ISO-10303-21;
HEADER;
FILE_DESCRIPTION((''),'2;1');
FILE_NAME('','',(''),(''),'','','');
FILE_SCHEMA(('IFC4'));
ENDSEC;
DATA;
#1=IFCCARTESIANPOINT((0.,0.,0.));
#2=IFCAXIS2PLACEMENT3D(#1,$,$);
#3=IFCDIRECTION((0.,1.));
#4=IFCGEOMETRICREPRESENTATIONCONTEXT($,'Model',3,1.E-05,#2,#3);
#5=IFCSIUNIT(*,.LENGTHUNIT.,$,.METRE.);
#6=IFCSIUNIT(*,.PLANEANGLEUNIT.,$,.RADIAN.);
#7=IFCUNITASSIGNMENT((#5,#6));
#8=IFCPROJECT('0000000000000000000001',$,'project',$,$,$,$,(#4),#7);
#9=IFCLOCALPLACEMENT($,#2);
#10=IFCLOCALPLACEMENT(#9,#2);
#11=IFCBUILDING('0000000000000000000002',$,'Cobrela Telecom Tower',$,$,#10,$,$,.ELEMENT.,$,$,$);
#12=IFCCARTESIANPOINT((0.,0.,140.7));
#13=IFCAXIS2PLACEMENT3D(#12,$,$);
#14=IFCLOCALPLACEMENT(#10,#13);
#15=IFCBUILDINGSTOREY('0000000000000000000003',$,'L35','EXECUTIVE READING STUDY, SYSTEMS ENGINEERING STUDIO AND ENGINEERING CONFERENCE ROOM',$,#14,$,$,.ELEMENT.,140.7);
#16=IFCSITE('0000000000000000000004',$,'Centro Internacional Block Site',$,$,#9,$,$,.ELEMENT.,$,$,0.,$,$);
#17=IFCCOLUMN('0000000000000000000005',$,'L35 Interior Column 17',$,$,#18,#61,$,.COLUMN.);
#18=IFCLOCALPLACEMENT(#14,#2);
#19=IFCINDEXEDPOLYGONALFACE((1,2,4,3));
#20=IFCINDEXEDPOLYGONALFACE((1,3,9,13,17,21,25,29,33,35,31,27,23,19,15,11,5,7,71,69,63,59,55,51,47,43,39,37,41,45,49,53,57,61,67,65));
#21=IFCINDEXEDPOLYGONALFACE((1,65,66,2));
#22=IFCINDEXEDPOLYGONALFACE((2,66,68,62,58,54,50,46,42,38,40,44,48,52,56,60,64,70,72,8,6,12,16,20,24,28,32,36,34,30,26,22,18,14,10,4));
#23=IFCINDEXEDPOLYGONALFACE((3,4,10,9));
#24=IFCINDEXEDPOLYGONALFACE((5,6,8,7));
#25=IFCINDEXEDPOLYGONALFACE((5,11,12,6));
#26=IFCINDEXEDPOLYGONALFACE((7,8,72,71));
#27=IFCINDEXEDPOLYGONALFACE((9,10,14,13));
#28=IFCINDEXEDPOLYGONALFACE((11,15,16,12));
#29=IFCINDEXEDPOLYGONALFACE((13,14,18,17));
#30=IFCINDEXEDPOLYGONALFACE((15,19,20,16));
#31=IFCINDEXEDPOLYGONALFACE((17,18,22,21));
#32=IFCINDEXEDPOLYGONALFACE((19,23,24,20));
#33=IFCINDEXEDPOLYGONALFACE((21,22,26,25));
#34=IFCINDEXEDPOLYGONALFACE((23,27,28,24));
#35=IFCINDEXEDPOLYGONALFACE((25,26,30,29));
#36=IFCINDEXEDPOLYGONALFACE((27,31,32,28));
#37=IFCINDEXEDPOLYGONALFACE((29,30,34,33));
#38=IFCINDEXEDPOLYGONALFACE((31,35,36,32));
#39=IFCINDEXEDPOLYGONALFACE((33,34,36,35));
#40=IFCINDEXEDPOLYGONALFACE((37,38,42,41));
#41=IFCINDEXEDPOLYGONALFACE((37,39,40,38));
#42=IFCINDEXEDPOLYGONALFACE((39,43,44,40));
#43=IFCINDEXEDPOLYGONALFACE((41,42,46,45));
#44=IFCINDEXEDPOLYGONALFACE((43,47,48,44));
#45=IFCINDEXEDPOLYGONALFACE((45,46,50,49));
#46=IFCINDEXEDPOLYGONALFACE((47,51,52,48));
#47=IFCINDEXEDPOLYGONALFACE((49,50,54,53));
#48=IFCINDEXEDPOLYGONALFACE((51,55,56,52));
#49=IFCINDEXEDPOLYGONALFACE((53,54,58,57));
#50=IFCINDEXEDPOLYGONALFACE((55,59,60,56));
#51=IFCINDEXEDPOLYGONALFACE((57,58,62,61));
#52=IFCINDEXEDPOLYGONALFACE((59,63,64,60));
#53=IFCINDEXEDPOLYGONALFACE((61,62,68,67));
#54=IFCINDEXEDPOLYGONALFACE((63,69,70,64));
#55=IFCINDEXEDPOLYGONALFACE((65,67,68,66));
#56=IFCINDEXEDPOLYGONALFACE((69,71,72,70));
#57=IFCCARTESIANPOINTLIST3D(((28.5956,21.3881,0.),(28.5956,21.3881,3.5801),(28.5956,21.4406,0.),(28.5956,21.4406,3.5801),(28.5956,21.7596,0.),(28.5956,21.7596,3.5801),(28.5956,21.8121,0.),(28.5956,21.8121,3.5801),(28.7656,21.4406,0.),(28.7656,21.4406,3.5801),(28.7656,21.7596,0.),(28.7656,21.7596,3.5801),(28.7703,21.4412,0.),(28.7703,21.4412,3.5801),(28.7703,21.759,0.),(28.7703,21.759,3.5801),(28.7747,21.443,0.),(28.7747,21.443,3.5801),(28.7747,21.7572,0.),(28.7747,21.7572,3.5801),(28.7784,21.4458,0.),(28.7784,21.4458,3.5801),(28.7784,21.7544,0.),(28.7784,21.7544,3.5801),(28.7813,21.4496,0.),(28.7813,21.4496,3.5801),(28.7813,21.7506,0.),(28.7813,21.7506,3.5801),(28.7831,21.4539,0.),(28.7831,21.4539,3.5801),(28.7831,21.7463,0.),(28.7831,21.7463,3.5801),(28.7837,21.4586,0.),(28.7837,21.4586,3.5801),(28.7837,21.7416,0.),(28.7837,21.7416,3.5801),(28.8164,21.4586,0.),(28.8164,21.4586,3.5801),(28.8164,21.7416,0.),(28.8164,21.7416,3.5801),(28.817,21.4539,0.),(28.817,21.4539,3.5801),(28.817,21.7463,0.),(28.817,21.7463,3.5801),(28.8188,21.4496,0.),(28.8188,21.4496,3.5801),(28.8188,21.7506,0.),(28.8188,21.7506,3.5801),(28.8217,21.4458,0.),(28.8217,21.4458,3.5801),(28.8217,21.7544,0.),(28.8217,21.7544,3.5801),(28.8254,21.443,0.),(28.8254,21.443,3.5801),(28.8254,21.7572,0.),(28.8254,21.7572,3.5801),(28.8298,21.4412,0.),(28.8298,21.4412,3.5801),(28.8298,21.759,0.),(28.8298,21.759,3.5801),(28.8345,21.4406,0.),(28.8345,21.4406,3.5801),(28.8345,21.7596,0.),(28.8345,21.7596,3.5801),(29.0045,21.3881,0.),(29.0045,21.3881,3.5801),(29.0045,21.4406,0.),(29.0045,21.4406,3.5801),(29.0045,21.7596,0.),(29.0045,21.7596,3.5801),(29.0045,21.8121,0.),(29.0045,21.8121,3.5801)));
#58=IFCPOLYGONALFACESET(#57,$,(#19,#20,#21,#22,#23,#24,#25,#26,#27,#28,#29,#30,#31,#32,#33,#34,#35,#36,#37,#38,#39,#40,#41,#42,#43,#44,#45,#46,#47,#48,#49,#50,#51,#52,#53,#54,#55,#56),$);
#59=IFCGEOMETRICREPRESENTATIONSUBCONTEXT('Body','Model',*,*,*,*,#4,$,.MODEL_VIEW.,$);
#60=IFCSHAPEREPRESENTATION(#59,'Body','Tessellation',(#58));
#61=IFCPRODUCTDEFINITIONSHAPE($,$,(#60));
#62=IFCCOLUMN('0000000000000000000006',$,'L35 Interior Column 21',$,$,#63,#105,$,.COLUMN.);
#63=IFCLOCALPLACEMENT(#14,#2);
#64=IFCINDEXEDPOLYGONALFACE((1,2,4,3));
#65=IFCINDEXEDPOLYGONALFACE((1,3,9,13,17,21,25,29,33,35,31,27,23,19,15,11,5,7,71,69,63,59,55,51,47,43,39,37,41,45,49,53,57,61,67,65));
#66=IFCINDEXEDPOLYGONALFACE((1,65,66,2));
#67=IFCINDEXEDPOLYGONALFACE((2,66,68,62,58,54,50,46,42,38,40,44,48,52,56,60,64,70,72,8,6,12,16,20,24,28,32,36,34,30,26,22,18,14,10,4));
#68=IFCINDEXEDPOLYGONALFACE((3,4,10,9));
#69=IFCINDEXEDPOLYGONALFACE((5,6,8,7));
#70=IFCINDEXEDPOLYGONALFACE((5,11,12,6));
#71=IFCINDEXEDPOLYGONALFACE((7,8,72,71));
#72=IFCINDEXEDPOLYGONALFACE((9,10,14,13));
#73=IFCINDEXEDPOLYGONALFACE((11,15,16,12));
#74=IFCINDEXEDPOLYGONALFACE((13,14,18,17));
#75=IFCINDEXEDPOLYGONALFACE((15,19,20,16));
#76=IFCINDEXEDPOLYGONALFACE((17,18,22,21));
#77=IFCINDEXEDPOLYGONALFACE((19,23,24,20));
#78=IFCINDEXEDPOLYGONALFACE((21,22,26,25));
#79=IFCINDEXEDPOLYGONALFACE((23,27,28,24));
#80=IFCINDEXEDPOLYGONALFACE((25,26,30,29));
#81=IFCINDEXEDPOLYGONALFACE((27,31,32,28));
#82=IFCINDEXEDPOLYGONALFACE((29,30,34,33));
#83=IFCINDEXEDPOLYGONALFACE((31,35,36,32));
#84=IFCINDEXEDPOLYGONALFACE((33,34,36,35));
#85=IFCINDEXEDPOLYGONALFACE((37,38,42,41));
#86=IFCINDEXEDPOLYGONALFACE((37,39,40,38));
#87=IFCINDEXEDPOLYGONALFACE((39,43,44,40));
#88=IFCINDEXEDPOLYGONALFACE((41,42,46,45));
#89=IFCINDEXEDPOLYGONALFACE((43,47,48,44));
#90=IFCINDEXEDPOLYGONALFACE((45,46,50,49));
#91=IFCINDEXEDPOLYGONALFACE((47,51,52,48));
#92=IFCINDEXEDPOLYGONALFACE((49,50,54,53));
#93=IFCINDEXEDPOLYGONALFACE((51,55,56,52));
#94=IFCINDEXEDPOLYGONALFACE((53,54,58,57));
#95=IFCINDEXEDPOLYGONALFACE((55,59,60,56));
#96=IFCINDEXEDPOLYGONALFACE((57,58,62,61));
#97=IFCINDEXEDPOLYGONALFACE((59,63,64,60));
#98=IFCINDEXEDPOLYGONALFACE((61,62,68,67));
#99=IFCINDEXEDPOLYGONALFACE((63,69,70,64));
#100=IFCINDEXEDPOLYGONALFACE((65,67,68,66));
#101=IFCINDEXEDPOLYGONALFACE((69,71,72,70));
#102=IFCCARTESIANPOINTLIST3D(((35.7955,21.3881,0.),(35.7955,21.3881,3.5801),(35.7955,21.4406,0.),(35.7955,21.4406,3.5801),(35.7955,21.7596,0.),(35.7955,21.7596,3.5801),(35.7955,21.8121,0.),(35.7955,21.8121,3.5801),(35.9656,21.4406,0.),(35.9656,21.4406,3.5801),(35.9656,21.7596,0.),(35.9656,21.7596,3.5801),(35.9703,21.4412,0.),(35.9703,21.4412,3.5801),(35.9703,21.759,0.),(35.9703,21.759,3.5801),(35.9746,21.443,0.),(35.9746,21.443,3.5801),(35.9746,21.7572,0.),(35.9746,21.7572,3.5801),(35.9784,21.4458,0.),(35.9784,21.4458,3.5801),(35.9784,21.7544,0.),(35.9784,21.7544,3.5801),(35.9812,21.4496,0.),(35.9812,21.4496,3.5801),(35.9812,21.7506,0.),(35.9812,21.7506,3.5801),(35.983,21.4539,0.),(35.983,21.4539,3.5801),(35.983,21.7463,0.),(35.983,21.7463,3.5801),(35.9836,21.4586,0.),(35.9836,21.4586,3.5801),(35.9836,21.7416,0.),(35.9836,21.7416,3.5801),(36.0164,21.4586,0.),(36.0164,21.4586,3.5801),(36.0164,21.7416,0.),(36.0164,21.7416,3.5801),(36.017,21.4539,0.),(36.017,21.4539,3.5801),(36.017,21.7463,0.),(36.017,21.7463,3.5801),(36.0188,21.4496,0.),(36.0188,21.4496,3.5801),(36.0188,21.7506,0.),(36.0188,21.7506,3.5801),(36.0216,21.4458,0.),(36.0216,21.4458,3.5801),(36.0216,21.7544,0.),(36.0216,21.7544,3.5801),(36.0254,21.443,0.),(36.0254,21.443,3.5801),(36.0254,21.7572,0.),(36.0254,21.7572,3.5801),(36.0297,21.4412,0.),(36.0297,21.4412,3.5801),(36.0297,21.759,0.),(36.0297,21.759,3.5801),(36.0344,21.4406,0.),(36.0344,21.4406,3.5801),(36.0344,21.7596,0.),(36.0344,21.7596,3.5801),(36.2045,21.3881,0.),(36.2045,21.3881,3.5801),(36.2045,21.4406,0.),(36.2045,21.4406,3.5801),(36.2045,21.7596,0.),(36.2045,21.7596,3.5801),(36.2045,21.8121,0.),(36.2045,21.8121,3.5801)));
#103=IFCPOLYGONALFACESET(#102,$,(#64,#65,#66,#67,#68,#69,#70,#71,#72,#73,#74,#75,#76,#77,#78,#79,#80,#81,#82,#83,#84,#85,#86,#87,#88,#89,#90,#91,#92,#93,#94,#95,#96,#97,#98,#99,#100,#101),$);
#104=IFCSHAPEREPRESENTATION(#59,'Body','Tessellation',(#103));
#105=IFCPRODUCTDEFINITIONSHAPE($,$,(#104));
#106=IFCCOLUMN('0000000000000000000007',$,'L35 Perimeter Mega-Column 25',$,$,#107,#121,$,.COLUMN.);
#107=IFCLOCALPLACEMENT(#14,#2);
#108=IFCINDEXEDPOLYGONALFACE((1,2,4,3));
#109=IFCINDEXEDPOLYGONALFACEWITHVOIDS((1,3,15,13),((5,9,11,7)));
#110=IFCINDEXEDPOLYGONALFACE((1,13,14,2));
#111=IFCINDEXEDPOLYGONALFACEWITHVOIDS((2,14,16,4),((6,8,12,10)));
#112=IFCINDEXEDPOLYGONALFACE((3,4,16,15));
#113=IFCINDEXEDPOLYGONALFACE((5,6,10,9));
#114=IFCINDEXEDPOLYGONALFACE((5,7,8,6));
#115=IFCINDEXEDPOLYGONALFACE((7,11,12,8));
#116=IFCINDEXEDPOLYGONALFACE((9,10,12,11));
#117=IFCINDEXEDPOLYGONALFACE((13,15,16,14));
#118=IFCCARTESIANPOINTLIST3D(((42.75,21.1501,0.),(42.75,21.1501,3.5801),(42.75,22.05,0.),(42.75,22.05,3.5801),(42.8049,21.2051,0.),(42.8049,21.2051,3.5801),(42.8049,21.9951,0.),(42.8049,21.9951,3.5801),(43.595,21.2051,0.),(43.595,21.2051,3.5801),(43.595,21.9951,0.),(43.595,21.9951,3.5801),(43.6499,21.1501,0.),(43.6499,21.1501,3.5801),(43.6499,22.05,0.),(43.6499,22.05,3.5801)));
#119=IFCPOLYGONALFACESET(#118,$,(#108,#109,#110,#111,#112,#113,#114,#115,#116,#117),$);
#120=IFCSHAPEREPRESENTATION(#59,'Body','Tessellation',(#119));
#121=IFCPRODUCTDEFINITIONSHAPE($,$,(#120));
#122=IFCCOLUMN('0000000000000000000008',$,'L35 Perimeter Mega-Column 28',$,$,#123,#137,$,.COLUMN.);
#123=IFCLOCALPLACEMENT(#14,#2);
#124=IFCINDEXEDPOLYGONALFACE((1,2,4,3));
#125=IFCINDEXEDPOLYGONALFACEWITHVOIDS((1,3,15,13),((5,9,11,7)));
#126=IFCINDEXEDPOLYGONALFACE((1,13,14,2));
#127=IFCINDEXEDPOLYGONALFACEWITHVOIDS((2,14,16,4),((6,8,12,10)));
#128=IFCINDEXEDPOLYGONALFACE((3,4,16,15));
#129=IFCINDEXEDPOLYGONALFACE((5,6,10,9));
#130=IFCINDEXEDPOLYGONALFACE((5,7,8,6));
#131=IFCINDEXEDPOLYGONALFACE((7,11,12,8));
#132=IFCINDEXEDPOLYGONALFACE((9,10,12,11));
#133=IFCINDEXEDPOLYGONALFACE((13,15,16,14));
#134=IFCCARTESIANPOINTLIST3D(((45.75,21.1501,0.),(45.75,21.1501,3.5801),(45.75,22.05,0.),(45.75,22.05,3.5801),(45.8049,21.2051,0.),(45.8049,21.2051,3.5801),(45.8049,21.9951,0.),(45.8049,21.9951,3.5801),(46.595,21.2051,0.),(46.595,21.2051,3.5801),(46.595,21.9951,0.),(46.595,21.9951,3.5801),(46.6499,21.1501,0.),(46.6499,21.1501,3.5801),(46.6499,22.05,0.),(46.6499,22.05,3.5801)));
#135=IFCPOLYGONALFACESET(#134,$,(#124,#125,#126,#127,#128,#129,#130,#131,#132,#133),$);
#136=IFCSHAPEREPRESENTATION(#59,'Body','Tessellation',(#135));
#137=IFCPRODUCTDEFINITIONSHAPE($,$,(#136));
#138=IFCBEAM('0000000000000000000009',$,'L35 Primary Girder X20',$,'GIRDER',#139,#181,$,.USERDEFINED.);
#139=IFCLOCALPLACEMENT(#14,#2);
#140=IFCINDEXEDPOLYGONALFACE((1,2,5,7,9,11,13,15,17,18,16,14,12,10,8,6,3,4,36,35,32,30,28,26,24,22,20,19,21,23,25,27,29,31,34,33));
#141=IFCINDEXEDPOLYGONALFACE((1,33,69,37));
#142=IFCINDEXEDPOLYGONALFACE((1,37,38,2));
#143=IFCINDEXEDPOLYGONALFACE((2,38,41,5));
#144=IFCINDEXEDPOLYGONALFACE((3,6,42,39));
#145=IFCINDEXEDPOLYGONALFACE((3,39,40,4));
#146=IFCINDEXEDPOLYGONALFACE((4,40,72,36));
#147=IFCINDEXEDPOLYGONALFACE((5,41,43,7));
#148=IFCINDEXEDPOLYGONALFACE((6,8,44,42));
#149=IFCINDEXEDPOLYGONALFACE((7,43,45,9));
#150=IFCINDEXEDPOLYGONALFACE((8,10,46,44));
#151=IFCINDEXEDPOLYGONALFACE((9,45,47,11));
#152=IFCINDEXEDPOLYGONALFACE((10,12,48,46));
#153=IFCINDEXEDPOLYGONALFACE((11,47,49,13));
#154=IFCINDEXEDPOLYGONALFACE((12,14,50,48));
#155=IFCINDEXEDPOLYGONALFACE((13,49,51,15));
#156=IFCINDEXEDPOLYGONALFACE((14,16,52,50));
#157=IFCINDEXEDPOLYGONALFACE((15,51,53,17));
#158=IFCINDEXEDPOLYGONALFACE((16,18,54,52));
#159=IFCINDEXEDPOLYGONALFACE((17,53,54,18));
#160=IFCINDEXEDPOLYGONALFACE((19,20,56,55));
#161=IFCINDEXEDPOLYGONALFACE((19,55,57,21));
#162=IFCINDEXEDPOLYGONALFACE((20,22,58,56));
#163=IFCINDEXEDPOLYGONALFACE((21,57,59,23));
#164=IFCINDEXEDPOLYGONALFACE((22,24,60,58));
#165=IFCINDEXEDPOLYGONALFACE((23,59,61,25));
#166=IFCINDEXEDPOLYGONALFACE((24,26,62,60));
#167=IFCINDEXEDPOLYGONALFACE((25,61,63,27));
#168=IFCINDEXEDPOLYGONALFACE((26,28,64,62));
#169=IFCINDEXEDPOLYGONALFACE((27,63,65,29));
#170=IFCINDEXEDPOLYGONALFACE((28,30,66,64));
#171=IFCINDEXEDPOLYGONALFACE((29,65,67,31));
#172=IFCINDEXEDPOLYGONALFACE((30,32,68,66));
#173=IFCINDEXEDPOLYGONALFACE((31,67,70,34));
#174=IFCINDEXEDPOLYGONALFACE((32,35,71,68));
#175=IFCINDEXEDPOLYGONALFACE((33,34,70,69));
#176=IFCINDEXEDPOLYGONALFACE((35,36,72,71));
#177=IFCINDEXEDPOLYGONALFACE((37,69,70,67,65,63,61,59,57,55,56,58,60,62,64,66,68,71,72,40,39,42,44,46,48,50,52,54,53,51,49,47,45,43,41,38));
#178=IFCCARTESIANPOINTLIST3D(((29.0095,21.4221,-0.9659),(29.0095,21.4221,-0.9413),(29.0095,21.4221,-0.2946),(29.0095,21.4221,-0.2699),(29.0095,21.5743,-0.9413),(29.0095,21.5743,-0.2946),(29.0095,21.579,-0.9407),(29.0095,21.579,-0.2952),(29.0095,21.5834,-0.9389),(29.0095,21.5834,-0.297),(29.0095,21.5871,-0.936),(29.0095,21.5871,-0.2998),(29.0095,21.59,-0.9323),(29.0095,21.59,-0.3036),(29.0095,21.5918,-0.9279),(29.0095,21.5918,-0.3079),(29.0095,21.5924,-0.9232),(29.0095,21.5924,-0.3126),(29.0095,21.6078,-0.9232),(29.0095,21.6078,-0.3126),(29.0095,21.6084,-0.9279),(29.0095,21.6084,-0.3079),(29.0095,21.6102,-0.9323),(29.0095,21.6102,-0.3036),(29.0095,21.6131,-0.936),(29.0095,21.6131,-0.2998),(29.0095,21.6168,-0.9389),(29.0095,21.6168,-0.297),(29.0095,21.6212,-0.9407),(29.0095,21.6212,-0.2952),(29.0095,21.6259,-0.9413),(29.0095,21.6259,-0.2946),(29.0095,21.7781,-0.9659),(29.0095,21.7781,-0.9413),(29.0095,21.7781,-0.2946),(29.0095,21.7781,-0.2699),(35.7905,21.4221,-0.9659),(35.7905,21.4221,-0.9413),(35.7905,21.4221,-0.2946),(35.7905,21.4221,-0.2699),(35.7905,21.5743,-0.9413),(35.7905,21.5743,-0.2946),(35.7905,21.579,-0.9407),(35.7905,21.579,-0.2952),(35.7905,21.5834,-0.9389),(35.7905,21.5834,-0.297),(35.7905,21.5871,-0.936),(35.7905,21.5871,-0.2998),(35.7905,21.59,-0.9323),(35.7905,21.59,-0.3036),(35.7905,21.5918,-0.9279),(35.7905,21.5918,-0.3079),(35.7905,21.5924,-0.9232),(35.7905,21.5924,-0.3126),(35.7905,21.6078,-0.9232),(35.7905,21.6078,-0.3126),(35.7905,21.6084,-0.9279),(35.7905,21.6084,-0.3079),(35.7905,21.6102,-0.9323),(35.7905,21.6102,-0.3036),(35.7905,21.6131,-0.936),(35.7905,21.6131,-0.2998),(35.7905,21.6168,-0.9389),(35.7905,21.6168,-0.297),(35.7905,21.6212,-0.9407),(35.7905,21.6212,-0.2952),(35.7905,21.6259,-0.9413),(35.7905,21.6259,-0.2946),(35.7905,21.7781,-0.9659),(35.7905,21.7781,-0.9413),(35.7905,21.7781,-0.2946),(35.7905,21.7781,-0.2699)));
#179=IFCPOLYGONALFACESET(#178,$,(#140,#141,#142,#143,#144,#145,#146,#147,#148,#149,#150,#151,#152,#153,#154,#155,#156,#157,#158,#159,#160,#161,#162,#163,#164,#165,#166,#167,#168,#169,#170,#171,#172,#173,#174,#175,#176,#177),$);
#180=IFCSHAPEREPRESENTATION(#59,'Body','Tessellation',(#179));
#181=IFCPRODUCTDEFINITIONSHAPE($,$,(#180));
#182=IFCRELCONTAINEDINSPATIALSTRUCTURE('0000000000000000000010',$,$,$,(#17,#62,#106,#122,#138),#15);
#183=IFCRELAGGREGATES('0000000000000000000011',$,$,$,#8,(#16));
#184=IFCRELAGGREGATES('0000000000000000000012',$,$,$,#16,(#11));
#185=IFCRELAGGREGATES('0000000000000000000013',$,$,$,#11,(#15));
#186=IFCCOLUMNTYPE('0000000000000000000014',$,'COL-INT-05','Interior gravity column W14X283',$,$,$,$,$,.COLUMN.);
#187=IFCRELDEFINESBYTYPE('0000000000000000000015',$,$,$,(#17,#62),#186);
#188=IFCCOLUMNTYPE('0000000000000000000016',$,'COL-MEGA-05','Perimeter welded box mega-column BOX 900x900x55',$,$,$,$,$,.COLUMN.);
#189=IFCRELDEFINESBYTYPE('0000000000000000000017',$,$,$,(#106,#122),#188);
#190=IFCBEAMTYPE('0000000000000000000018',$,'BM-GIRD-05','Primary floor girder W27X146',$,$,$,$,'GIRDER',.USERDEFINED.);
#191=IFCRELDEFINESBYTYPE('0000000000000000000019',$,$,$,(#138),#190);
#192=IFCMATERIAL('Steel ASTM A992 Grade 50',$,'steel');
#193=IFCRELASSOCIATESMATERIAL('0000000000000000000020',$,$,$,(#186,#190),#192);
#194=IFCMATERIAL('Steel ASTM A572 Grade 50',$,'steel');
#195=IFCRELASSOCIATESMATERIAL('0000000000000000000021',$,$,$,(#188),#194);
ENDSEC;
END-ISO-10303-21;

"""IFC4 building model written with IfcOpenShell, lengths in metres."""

from ifc_helpers import new_model, si_unit, direction, frame, origin, origin_2d, place, context, subcontext, project, spatial, hollow_rectangle, i_section, extrude, material, material_profile, profile_set, type_object, element, save


model = new_model("IFC4")

# Units and contexts
model_context = context("Model", 3, precision=1e-05, world=origin(), true_north=direction((0.0, 1.0)))
body_context = subcontext(model_context, "Body", "Model", "MODEL_VIEW")
ifc_project = project(units=[si_unit("LENGTHUNIT", "METRE"), si_unit("PLANEANGLEUNIT", "RADIAN")], contexts=[model_context])

# Site, building, storey
site_placement = place(None, origin())
site = spatial("IfcSite", under=ifc_project, at=site_placement, Name="Centro Internacional Block Site", CompositionType="ELEMENT", RefElevation=0.0)
building_placement = place(site_placement, origin())
building = spatial("IfcBuilding", under=site, at=building_placement, Name="Cobrela Telecom Tower", CompositionType="ELEMENT")
storey_placement = place(building_placement, frame((0.0, 0.0, 140.7)))
storey = spatial("IfcBuildingStorey", under=building, at=storey_placement, Name="L35", Description="EXECUTIVE READING STUDY, SYSTEMS ENGINEERING STUDIO AND ENGINEERING CONFERENCE ROOM", CompositionType="ELEMENT", Elevation=140.7)

# Columns
ifc_material_1 = material(Name="Steel ASTM A992 Grade 50", Category="steel")
ifc_material_profile_1 = material_profile(ifc_material_1, i_section(OverallWidth=0.4089, OverallDepth=0.4241, WebThickness=0.0327, FlangeThickness=0.0525, FilletRadius=0.0181, at=origin_2d()), Name="W14X283")
ifc_profile_set_1 = profile_set([ifc_material_profile_1], Name="Steel ASTM A992 Grade 50")
column_type_1 = type_object("IfcColumnType", Name="COL-INT-05", Description="Interior gravity column W14X283", PredefinedType="COLUMN", material=ifc_profile_set_1)
for number, where, z_axis, x_axis, name in (
    (1, (28.8, 21.6001, 0.0), (0.0, 0.0, 1.0), (1.0, 0.0, 0.0), "L35 Interior Column 17"),
    (2, (36.0, 21.6001, 0.0), (0.0, 0.0, 1.0), (1.0, 0.0, 0.0), "L35 Interior Column 21"),
):
    element("IfcColumn", number, at=place(storey_placement, frame(where, z_axis=z_axis, x_axis=x_axis)), inside=storey, type_object=column_type_1, Name=name, PredefinedType="COLUMN", context=body_context, shape_type="SweptSolid", body=[
        extrude(i_section(OverallWidth=0.4089, OverallDepth=0.4241, WebThickness=0.0327, FlangeThickness=0.0525, FilletRadius=0.0181, at=origin_2d()), origin(), (0.0, 0.0, 1.0), 3.5801),
    ])
ifc_material_2 = material(Name="Steel ASTM A572 Grade 50", Category="steel")
ifc_material_profile_2 = material_profile(ifc_material_2, hollow_rectangle(XDim=0.8999, YDim=0.8999, WallThickness=0.0549, at=origin_2d()), Name="BOX 900x900x55")
ifc_profile_set_2 = profile_set([ifc_material_profile_2], Name="Steel ASTM A572 Grade 50")
column_type_2 = type_object("IfcColumnType", Name="COL-MEGA-05", Description="Perimeter welded box mega-column BOX 900x900x55", PredefinedType="COLUMN", material=ifc_profile_set_2)
for number, where, z_axis, x_axis, name in (
    (3, (43.2, 21.6001, 0.0), (0.0, 0.0, 1.0), (1.0, 0.0, 0.0), "L35 Perimeter Mega-Column 25"),
    (4, (46.2, 21.6001, 0.0), (0.0, 0.0, 1.0), (1.0, 0.0, 0.0), "L35 Perimeter Mega-Column 28"),
):
    element("IfcColumn", number, at=place(storey_placement, frame(where, z_axis=z_axis, x_axis=x_axis)), inside=storey, type_object=column_type_2, Name=name, PredefinedType="COLUMN", context=body_context, shape_type="SweptSolid", body=[
        extrude(hollow_rectangle(XDim=0.8999, YDim=0.8999, WallThickness=0.0549, at=origin_2d()), origin(), (0.0, 0.0, 1.0), 3.5801),
    ])

# Beam
ifc_material_profile_3 = material_profile(ifc_material_1, i_section(OverallWidth=0.356, OverallDepth=0.696, WebThickness=0.0154, FlangeThickness=0.0247, FilletRadius=0.0181, at=origin_2d()), Name="W27X146")
ifc_profile_set_3 = profile_set([ifc_material_profile_3], Name="Steel ASTM A992 Grade 50")
beam_type_1 = type_object("IfcBeamType", Name="BM-GIRD-05", Description="Primary floor girder W27X146", ElementType="GIRDER", PredefinedType="USERDEFINED", material=ifc_profile_set_3)
beam_1_placement = place(storey_placement, frame((29.0095, 21.6001, -0.6179), z_axis=(1.0, 0.0, 0.0), x_axis=(0.0, 1.0, 0.0)))
element("IfcBeam", 5, at=beam_1_placement, inside=storey, type_object=beam_type_1, Name="L35 Primary Girder X20", ObjectType="GIRDER", PredefinedType="USERDEFINED", context=body_context, shape_type="SweptSolid", body=[
    extrude(i_section(OverallWidth=0.356, OverallDepth=0.696, WebThickness=0.0154, FlangeThickness=0.0247, FilletRadius=0.0181, at=origin_2d()), origin(), (0.0, 0.0, 1.0), 6.781),
])

save(model, "model.ifc")
